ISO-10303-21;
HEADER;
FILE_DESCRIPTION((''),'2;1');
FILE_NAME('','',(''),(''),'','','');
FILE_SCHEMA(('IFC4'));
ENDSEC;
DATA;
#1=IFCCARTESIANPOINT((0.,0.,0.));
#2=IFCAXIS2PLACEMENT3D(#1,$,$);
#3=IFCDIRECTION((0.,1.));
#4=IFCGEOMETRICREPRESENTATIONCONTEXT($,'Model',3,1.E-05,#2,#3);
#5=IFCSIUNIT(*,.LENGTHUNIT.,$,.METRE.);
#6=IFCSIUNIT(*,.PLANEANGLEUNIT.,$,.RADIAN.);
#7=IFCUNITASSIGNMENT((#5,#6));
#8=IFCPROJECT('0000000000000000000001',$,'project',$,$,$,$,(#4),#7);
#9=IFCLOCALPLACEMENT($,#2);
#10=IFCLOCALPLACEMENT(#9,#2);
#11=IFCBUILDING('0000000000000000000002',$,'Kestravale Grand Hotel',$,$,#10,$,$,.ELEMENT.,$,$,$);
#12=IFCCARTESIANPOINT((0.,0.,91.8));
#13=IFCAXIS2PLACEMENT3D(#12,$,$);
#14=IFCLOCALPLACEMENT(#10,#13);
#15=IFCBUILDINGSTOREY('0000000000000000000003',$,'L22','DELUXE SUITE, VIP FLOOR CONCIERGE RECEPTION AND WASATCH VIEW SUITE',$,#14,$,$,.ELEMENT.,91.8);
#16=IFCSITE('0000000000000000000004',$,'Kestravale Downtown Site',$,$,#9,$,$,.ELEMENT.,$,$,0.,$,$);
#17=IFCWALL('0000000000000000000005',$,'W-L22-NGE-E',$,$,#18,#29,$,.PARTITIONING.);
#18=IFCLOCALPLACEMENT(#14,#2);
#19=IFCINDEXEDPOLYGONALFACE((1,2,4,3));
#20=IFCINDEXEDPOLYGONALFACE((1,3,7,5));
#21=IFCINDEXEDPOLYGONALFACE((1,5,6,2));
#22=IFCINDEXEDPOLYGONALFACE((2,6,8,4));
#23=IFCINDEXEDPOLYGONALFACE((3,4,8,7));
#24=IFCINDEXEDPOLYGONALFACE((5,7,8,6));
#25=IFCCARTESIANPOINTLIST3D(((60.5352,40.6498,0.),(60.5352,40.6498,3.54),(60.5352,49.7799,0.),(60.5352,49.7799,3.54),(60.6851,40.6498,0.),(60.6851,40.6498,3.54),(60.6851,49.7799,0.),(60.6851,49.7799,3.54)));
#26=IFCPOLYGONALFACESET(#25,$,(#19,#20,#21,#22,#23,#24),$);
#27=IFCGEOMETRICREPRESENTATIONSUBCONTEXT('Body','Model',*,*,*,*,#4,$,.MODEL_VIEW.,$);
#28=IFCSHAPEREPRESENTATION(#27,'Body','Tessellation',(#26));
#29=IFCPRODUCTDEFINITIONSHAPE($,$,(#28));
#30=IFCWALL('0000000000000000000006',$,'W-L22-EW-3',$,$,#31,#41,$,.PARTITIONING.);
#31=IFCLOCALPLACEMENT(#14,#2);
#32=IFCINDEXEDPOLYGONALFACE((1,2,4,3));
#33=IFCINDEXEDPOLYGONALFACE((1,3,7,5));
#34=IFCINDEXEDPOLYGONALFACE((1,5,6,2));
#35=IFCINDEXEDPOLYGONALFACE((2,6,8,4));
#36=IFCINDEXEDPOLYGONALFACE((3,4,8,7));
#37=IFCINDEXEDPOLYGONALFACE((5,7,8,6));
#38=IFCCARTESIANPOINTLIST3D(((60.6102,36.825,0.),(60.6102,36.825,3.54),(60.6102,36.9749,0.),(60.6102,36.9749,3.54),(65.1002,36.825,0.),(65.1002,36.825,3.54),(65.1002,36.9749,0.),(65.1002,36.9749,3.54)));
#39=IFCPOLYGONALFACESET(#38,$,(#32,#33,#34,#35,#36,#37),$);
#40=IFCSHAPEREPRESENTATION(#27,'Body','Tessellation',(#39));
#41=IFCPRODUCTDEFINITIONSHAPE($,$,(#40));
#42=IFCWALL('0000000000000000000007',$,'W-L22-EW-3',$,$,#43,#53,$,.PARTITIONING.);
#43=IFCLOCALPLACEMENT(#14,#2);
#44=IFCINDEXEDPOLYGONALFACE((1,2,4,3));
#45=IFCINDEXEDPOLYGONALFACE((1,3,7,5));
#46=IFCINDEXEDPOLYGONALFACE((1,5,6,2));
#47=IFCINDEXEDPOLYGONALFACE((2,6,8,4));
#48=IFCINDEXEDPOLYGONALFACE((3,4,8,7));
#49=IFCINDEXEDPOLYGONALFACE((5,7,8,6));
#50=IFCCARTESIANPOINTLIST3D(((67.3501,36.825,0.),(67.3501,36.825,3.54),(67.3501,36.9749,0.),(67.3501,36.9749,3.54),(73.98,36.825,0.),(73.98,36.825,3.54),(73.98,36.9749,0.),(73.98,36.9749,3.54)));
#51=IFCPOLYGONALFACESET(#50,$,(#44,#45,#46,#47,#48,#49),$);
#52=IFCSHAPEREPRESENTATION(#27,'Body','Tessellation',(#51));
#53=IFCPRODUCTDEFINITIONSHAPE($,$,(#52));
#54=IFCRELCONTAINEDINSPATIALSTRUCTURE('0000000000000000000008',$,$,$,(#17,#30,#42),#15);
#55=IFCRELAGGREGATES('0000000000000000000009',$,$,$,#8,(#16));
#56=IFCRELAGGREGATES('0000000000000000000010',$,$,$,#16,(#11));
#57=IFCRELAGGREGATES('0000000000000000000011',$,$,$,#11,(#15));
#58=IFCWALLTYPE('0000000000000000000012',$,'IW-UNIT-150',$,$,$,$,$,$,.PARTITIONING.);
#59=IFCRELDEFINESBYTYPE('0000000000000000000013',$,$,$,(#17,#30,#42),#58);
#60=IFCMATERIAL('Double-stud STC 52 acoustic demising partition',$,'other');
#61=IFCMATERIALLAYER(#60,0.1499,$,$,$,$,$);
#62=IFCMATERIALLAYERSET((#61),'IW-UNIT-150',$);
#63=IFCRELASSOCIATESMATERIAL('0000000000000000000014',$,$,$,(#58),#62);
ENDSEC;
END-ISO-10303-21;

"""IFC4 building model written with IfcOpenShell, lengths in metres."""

from ifc_helpers import new_model, si_unit, direction, frame, frame_2d, origin, place, context, subcontext, project, spatial, rectangle, extrude, material, layer, layer_set, type_object, element, save


model = new_model("IFC4")

# Units and contexts
model_context = context("Model", 3, precision=1e-05, world=origin(), true_north=direction((0.0, 1.0)))
body_context = subcontext(model_context, "Body", "Model", "MODEL_VIEW")
ifc_project = project(units=[si_unit("LENGTHUNIT", "METRE"), si_unit("PLANEANGLEUNIT", "RADIAN")], contexts=[model_context])

# Site, building, storey
site_placement = place(None, origin())
site = spatial("IfcSite", under=ifc_project, at=site_placement, Name="Kestravale Downtown Site", CompositionType="ELEMENT", RefElevation=0.0)
building_placement = place(site_placement, origin())
building = spatial("IfcBuilding", under=site, at=building_placement, Name="Kestravale Grand Hotel", CompositionType="ELEMENT")
storey_placement = place(building_placement, frame((0.0, 0.0, 91.8)))
storey = spatial("IfcBuildingStorey", under=building, at=storey_placement, Name="L22", Description="DELUXE SUITE, VIP FLOOR CONCIERGE RECEPTION AND WASATCH VIEW SUITE", CompositionType="ELEMENT", Elevation=91.8)

# Walls
ifc_material_1 = material(Name="Double-stud STC 52 acoustic demising partition", Category="other")
ifc_layer_1 = layer(ifc_material_1, 0.1499)
ifc_layer_set_1 = layer_set([ifc_layer_1], Name="IW-UNIT-150")
wall_type_1 = type_object("IfcWallType", Name="IW-UNIT-150", PredefinedType="PARTITIONING", material=ifc_layer_set_1)
wall_1_placement = place(storey_placement, frame((60.6101, 40.6499, 0.0), z_axis=(0.0, 0.0, 1.0), x_axis=(0.0, 1.0, 0.0)))
element("IfcWall", 1, at=wall_1_placement, inside=storey, type_object=wall_type_1, Name="W-L22-NGE-E", PredefinedType="PARTITIONING", context=body_context, shape_type="SweptSolid", body=[
    extrude(rectangle(XDim=9.1301, YDim=0.1499, at=frame_2d((4.5649, 0.0))), origin(), (0.0, 0.0, 1.0), 3.54),
])
wall_2_placement = place(storey_placement, frame((60.6101, 36.8999, 0.0), z_axis=(0.0, 0.0, 1.0), x_axis=(1.0, 0.0, 0.0)))
element("IfcWall", 2, at=wall_2_placement, inside=storey, type_object=wall_type_1, Name="W-L22-EW-3", PredefinedType="PARTITIONING", context=body_context, shape_type="SweptSolid", body=[
    extrude(rectangle(XDim=4.49, YDim=0.1499, at=frame_2d((2.2451, 0.0))), origin(), (0.0, 0.0, 1.0), 3.54),
])
wall_3_placement = place(storey_placement, frame((67.3501, 36.8999, 0.0), z_axis=(0.0, 0.0, 1.0), x_axis=(1.0, 0.0, 0.0)))
element("IfcWall", 3, at=wall_3_placement, inside=storey, type_object=wall_type_1, Name="W-L22-EW-3", PredefinedType="PARTITIONING", context=body_context, shape_type="SweptSolid", body=[
    extrude(rectangle(XDim=6.6299, YDim=0.1499, at=frame_2d((3.3149, 0.0))), origin(), (0.0, 0.0, 1.0), 3.54),
])

save(model, "model.ifc")
